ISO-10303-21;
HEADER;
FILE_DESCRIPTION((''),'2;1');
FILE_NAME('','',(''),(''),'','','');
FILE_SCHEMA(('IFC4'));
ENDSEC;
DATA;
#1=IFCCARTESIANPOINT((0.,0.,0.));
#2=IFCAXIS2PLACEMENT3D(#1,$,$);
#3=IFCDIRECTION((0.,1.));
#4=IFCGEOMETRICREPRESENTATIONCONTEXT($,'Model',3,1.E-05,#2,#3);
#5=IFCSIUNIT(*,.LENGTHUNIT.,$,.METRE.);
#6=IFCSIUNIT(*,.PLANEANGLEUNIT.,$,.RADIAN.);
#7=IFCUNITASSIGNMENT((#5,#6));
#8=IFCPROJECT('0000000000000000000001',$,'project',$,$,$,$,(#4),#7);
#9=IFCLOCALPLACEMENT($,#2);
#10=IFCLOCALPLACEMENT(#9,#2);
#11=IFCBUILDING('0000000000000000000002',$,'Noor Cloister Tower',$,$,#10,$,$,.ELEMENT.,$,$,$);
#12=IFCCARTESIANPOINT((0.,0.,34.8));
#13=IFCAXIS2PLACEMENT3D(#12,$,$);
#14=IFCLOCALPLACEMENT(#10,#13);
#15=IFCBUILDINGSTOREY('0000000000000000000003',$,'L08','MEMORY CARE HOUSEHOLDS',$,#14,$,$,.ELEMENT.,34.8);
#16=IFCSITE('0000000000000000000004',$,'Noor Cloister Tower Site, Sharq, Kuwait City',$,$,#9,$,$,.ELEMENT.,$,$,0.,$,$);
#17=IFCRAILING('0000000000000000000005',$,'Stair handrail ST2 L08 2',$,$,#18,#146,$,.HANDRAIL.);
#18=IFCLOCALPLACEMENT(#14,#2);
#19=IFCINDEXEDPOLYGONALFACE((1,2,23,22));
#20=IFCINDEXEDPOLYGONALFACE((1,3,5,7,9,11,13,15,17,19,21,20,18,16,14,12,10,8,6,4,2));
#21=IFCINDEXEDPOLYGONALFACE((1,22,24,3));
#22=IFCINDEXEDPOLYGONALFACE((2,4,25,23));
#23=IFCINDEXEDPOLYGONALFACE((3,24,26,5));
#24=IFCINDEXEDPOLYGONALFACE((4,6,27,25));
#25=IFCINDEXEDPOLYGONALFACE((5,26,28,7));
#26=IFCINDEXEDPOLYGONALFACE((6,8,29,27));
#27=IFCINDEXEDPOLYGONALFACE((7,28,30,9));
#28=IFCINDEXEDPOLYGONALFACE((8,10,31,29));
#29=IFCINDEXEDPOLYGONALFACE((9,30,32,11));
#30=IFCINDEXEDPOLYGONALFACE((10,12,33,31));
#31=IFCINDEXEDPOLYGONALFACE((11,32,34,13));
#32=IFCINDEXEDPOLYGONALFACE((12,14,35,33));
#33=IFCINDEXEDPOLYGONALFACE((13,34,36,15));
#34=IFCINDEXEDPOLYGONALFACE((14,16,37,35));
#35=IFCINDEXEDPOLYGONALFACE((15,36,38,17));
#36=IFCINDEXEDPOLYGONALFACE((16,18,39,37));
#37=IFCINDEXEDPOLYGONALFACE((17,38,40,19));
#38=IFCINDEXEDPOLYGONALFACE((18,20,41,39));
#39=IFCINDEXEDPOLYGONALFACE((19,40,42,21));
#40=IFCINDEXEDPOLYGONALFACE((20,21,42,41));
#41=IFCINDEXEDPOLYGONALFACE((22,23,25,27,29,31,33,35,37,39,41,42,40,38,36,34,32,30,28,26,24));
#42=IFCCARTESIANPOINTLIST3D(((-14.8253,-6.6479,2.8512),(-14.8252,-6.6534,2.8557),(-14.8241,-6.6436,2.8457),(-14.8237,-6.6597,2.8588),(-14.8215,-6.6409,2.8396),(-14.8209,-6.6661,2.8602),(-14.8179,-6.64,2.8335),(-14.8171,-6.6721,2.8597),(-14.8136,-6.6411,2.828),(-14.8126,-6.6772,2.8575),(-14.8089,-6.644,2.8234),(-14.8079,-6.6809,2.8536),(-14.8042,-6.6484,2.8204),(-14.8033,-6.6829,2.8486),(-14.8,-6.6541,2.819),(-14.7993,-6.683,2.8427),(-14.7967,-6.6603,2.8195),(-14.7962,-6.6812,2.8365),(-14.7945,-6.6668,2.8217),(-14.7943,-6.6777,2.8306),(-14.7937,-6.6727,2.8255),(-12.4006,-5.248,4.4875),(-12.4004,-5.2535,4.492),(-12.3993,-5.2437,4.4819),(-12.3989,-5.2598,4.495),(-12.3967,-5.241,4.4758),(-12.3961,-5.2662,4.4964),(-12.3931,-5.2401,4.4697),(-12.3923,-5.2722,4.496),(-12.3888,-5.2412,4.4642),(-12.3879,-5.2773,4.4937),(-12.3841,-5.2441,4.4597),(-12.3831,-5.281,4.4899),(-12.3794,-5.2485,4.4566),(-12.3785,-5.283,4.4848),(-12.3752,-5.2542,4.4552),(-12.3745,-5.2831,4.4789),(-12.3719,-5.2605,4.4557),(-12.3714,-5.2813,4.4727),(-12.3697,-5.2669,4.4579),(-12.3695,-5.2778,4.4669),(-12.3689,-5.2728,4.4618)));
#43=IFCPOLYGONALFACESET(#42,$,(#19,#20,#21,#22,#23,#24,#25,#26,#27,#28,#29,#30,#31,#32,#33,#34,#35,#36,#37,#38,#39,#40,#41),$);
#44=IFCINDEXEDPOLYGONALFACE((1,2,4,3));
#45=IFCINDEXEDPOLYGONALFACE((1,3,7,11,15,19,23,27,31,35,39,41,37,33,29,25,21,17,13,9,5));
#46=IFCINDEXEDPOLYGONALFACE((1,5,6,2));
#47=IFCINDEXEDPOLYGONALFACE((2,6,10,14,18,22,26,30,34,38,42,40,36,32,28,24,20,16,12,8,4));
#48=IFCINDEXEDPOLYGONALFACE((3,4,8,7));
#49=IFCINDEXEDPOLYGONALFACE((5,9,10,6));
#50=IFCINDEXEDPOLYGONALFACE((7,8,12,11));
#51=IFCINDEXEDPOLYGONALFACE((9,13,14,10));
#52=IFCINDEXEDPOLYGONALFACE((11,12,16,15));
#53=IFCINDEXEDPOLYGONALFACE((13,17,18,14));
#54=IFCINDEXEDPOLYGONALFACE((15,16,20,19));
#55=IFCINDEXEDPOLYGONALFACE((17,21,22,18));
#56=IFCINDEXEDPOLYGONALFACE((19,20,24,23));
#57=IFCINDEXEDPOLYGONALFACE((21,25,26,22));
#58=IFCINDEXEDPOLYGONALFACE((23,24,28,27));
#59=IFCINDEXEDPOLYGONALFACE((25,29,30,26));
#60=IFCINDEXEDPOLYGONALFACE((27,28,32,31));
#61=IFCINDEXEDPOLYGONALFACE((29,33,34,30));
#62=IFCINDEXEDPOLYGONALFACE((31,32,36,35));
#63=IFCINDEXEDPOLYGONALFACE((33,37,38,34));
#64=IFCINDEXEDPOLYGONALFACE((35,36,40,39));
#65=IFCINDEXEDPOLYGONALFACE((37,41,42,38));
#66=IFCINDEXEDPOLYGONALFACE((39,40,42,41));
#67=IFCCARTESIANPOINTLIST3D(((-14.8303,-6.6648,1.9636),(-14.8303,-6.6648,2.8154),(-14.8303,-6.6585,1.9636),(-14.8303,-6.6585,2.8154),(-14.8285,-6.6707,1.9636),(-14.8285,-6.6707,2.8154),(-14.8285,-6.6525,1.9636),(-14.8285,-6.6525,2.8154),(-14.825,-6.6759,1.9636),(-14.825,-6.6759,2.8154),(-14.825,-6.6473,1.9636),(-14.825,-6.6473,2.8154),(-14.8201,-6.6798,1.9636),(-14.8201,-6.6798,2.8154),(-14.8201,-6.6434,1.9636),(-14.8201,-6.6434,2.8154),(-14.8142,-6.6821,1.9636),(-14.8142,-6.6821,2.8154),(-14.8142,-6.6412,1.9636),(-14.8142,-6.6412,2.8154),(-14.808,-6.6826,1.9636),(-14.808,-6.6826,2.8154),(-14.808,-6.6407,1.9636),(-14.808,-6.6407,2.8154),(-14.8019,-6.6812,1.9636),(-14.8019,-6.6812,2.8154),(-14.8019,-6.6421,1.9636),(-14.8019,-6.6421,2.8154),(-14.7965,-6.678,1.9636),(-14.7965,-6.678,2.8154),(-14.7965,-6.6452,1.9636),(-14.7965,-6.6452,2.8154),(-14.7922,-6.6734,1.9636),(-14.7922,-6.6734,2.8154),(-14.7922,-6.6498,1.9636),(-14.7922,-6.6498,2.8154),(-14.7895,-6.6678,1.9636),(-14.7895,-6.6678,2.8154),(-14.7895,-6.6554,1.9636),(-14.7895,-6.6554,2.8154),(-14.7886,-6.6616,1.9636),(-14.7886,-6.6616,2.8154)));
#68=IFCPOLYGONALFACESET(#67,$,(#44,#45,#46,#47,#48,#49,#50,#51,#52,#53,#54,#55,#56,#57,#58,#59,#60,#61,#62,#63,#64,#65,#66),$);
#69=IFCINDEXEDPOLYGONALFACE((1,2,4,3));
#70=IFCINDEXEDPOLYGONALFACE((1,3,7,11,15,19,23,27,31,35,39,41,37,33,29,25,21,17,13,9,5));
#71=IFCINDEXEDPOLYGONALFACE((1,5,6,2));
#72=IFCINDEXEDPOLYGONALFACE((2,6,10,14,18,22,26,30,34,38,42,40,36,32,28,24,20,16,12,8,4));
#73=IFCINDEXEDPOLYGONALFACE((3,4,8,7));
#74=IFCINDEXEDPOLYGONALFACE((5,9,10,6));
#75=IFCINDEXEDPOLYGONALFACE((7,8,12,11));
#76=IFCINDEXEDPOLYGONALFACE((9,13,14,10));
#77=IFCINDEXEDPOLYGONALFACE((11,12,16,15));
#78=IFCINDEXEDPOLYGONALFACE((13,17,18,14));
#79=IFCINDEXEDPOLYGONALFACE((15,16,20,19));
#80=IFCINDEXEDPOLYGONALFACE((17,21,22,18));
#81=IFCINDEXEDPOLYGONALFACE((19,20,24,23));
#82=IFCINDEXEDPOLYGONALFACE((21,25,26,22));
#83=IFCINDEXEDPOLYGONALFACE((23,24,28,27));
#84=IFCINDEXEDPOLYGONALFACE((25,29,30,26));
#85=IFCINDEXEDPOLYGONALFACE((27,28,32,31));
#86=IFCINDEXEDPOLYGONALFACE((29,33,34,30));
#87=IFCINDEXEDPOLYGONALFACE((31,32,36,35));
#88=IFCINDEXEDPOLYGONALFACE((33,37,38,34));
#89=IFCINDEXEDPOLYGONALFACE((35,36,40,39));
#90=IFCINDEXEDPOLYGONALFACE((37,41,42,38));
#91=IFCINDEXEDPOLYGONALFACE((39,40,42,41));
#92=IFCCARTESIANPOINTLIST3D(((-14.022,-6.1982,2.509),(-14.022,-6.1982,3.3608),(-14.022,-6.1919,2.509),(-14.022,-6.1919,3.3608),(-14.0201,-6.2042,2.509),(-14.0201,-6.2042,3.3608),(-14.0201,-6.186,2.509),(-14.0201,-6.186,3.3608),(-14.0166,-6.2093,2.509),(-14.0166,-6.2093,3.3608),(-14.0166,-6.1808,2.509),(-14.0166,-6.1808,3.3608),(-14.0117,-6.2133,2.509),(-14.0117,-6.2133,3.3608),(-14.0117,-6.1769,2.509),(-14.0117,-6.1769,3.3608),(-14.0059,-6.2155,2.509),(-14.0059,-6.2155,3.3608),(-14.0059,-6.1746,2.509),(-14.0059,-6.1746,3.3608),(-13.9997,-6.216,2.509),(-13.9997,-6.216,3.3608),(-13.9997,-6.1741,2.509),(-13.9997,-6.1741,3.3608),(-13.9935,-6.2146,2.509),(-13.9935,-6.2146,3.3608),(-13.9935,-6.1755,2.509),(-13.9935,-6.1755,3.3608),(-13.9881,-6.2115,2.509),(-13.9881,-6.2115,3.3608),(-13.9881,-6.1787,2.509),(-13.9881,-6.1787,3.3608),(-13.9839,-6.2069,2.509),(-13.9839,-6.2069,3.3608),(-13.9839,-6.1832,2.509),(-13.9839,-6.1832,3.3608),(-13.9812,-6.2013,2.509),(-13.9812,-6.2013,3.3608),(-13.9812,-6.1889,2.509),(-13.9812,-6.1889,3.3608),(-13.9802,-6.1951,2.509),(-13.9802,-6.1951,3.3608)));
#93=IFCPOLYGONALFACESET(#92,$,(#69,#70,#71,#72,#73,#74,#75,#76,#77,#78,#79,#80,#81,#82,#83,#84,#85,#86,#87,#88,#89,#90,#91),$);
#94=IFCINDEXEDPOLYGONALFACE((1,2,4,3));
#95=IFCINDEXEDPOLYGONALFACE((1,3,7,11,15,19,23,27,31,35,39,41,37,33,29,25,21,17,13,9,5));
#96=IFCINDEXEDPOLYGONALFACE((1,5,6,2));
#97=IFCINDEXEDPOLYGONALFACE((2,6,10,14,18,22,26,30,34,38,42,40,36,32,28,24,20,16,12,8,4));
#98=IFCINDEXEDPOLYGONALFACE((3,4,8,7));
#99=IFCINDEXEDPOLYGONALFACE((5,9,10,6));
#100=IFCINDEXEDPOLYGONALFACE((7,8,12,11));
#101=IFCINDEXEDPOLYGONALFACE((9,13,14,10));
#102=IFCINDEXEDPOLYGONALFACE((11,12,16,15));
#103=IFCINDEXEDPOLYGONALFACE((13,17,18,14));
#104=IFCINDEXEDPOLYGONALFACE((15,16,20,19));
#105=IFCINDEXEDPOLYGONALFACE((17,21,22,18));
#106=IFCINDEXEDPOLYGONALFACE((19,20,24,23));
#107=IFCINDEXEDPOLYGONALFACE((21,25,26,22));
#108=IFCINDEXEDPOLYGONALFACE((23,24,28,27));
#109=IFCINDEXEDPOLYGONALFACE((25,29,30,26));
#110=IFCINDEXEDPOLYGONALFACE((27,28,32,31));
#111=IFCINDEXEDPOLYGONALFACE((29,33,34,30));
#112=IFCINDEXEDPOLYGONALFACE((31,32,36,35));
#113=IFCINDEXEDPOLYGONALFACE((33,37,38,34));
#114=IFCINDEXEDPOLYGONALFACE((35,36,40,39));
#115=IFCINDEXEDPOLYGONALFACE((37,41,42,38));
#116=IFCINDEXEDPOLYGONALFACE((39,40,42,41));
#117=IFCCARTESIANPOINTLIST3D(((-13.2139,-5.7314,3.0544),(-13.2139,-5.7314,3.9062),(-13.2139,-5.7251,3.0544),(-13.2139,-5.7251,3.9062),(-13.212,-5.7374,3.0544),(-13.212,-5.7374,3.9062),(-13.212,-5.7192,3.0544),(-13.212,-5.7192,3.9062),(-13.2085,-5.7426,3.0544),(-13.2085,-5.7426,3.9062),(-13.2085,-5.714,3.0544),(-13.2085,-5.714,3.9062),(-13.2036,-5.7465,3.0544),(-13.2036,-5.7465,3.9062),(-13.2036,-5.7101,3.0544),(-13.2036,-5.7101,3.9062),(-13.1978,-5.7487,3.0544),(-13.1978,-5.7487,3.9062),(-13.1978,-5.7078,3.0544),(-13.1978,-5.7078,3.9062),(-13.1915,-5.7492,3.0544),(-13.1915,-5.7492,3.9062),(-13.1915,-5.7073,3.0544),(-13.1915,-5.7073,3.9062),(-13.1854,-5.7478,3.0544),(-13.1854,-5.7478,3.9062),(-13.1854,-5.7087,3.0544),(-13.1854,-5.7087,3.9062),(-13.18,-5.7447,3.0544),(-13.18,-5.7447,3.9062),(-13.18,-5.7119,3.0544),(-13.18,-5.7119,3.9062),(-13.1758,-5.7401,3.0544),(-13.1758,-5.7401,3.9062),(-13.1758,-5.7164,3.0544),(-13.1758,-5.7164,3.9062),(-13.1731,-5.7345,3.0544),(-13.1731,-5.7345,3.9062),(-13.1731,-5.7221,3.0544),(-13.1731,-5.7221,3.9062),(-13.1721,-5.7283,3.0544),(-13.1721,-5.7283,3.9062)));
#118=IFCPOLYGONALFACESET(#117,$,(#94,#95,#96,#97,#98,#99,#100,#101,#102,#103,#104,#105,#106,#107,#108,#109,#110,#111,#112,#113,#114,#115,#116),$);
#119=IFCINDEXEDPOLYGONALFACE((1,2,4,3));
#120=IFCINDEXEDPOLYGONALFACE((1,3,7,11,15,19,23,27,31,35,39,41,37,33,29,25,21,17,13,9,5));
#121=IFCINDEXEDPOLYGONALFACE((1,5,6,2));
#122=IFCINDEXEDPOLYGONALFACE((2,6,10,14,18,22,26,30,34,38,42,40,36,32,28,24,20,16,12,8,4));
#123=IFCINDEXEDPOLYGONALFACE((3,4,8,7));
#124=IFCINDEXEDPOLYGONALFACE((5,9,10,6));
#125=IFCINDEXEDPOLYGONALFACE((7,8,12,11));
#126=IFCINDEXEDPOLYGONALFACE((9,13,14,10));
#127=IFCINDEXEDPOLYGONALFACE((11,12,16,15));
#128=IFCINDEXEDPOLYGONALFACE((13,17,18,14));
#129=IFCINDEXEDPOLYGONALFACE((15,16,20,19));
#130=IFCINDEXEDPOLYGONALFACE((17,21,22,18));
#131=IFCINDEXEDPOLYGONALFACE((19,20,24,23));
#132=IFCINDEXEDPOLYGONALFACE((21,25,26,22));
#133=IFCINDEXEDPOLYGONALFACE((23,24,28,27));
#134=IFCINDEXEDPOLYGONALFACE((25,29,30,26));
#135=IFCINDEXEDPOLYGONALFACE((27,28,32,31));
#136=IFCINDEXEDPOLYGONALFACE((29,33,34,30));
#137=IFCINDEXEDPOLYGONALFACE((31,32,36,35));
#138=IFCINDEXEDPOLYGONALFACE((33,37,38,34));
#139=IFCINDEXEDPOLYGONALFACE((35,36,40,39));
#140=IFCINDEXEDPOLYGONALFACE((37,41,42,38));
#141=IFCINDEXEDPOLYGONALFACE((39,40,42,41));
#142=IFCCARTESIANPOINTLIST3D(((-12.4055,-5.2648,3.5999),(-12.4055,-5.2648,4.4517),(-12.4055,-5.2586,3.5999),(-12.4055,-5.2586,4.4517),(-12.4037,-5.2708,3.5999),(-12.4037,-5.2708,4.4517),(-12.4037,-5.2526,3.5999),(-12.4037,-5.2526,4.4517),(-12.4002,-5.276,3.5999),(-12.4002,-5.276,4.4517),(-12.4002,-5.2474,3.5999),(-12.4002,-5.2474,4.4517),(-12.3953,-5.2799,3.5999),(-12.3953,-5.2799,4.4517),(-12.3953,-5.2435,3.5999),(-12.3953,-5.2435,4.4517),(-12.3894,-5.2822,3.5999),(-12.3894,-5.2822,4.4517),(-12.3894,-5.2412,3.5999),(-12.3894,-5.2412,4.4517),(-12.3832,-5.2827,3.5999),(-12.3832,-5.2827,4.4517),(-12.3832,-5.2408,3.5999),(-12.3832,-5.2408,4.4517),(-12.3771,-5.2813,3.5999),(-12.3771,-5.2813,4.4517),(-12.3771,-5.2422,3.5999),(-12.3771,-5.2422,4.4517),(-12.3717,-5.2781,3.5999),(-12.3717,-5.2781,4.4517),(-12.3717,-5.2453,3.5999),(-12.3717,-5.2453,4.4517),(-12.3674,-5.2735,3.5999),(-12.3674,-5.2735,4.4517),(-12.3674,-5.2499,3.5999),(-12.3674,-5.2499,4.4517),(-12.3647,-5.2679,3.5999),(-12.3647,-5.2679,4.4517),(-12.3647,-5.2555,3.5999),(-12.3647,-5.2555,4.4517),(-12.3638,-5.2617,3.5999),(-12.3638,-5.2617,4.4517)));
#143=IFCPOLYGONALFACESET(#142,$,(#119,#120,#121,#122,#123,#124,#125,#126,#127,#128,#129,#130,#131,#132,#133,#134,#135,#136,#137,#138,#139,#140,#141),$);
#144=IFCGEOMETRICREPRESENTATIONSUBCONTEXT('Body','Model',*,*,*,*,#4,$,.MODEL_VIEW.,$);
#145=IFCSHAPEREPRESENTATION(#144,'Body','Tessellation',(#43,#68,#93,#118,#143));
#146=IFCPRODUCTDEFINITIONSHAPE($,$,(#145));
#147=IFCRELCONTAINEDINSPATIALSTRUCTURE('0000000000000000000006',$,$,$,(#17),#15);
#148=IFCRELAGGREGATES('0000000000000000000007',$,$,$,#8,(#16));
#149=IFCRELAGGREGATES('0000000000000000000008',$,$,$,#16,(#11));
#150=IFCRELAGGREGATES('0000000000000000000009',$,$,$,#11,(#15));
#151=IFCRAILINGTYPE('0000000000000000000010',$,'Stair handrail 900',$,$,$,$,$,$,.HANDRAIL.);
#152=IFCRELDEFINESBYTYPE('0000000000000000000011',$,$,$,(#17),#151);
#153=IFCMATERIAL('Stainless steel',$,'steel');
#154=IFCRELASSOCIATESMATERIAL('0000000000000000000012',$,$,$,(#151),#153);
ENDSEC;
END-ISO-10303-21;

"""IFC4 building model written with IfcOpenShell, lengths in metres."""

from ifc_helpers import new_model, si_unit, direction, frame, origin, origin_2d, place, context, subcontext, project, spatial, circle, extrude, material, type_object, element, save


model = new_model("IFC4")

# Units and contexts
model_context = context("Model", 3, precision=1e-05, world=origin(), true_north=direction((0.0, 1.0)))
body_context = subcontext(model_context, "Body", "Model", "MODEL_VIEW")
ifc_project = project(units=[si_unit("LENGTHUNIT", "METRE"), si_unit("PLANEANGLEUNIT", "RADIAN")], contexts=[model_context])

# Site, building, storey
site_placement = place(None, origin())
site = spatial("IfcSite", under=ifc_project, at=site_placement, Name="Noor Cloister Tower Site, Sharq, Kuwait City", CompositionType="ELEMENT", RefElevation=0.0)
building_placement = place(site_placement, origin())
building = spatial("IfcBuilding", under=site, at=building_placement, Name="Noor Cloister Tower", CompositionType="ELEMENT")
storey_placement = place(building_placement, frame((0.0, 0.0, 34.8)))
storey = spatial("IfcBuildingStorey", under=building, at=storey_placement, Name="L08", Description="MEMORY CARE HOUSEHOLDS", CompositionType="ELEMENT", Elevation=34.8)

# Railing
ifc_material_1 = material(Name="Stainless steel", Category="steel")
railing_type = type_object("IfcRailingType", Name="Stair handrail 900", PredefinedType="HANDRAIL", material=ifc_material_1)
railing_1_placement = place(storey_placement, frame((-14.8096, -6.6616, 1.9636)))
element("IfcRailing", 1, at=railing_1_placement, inside=storey, type_object=railing_type, Name="Stair handrail ST2 L08 2", PredefinedType="HANDRAIL", context=body_context, shape_type="SweptSolid", body=[
    extrude(circle(Radius=0.0239, at=origin_2d()), frame((0.0, 0.0, 0.876), z_axis=(0.747718, 0.431677, 0.504552), x_axis=(-0.499984, 0.866035, 0.0)), (0.0, 0.0, 1.0), 3.2429),
    extrude(circle(Radius=0.021, at=origin_2d()), origin(), (0.0, 0.0, 1.0), 0.8518),
    extrude(circle(Radius=0.021, at=origin_2d()), frame((0.8083, 0.4666, 0.5454)), (0.0, 0.0, 1.0), 0.8518),
    extrude(circle(Radius=0.021, at=origin_2d()), frame((1.6165, 0.9333, 1.0908)), (0.0, 0.0, 1.0), 0.8518),
    extrude(circle(Radius=0.021, at=origin_2d()), frame((2.4248, 1.3999, 1.6362)), (0.0, 0.0, 1.0), 0.8518),
])

save(model, "model.ifc")
